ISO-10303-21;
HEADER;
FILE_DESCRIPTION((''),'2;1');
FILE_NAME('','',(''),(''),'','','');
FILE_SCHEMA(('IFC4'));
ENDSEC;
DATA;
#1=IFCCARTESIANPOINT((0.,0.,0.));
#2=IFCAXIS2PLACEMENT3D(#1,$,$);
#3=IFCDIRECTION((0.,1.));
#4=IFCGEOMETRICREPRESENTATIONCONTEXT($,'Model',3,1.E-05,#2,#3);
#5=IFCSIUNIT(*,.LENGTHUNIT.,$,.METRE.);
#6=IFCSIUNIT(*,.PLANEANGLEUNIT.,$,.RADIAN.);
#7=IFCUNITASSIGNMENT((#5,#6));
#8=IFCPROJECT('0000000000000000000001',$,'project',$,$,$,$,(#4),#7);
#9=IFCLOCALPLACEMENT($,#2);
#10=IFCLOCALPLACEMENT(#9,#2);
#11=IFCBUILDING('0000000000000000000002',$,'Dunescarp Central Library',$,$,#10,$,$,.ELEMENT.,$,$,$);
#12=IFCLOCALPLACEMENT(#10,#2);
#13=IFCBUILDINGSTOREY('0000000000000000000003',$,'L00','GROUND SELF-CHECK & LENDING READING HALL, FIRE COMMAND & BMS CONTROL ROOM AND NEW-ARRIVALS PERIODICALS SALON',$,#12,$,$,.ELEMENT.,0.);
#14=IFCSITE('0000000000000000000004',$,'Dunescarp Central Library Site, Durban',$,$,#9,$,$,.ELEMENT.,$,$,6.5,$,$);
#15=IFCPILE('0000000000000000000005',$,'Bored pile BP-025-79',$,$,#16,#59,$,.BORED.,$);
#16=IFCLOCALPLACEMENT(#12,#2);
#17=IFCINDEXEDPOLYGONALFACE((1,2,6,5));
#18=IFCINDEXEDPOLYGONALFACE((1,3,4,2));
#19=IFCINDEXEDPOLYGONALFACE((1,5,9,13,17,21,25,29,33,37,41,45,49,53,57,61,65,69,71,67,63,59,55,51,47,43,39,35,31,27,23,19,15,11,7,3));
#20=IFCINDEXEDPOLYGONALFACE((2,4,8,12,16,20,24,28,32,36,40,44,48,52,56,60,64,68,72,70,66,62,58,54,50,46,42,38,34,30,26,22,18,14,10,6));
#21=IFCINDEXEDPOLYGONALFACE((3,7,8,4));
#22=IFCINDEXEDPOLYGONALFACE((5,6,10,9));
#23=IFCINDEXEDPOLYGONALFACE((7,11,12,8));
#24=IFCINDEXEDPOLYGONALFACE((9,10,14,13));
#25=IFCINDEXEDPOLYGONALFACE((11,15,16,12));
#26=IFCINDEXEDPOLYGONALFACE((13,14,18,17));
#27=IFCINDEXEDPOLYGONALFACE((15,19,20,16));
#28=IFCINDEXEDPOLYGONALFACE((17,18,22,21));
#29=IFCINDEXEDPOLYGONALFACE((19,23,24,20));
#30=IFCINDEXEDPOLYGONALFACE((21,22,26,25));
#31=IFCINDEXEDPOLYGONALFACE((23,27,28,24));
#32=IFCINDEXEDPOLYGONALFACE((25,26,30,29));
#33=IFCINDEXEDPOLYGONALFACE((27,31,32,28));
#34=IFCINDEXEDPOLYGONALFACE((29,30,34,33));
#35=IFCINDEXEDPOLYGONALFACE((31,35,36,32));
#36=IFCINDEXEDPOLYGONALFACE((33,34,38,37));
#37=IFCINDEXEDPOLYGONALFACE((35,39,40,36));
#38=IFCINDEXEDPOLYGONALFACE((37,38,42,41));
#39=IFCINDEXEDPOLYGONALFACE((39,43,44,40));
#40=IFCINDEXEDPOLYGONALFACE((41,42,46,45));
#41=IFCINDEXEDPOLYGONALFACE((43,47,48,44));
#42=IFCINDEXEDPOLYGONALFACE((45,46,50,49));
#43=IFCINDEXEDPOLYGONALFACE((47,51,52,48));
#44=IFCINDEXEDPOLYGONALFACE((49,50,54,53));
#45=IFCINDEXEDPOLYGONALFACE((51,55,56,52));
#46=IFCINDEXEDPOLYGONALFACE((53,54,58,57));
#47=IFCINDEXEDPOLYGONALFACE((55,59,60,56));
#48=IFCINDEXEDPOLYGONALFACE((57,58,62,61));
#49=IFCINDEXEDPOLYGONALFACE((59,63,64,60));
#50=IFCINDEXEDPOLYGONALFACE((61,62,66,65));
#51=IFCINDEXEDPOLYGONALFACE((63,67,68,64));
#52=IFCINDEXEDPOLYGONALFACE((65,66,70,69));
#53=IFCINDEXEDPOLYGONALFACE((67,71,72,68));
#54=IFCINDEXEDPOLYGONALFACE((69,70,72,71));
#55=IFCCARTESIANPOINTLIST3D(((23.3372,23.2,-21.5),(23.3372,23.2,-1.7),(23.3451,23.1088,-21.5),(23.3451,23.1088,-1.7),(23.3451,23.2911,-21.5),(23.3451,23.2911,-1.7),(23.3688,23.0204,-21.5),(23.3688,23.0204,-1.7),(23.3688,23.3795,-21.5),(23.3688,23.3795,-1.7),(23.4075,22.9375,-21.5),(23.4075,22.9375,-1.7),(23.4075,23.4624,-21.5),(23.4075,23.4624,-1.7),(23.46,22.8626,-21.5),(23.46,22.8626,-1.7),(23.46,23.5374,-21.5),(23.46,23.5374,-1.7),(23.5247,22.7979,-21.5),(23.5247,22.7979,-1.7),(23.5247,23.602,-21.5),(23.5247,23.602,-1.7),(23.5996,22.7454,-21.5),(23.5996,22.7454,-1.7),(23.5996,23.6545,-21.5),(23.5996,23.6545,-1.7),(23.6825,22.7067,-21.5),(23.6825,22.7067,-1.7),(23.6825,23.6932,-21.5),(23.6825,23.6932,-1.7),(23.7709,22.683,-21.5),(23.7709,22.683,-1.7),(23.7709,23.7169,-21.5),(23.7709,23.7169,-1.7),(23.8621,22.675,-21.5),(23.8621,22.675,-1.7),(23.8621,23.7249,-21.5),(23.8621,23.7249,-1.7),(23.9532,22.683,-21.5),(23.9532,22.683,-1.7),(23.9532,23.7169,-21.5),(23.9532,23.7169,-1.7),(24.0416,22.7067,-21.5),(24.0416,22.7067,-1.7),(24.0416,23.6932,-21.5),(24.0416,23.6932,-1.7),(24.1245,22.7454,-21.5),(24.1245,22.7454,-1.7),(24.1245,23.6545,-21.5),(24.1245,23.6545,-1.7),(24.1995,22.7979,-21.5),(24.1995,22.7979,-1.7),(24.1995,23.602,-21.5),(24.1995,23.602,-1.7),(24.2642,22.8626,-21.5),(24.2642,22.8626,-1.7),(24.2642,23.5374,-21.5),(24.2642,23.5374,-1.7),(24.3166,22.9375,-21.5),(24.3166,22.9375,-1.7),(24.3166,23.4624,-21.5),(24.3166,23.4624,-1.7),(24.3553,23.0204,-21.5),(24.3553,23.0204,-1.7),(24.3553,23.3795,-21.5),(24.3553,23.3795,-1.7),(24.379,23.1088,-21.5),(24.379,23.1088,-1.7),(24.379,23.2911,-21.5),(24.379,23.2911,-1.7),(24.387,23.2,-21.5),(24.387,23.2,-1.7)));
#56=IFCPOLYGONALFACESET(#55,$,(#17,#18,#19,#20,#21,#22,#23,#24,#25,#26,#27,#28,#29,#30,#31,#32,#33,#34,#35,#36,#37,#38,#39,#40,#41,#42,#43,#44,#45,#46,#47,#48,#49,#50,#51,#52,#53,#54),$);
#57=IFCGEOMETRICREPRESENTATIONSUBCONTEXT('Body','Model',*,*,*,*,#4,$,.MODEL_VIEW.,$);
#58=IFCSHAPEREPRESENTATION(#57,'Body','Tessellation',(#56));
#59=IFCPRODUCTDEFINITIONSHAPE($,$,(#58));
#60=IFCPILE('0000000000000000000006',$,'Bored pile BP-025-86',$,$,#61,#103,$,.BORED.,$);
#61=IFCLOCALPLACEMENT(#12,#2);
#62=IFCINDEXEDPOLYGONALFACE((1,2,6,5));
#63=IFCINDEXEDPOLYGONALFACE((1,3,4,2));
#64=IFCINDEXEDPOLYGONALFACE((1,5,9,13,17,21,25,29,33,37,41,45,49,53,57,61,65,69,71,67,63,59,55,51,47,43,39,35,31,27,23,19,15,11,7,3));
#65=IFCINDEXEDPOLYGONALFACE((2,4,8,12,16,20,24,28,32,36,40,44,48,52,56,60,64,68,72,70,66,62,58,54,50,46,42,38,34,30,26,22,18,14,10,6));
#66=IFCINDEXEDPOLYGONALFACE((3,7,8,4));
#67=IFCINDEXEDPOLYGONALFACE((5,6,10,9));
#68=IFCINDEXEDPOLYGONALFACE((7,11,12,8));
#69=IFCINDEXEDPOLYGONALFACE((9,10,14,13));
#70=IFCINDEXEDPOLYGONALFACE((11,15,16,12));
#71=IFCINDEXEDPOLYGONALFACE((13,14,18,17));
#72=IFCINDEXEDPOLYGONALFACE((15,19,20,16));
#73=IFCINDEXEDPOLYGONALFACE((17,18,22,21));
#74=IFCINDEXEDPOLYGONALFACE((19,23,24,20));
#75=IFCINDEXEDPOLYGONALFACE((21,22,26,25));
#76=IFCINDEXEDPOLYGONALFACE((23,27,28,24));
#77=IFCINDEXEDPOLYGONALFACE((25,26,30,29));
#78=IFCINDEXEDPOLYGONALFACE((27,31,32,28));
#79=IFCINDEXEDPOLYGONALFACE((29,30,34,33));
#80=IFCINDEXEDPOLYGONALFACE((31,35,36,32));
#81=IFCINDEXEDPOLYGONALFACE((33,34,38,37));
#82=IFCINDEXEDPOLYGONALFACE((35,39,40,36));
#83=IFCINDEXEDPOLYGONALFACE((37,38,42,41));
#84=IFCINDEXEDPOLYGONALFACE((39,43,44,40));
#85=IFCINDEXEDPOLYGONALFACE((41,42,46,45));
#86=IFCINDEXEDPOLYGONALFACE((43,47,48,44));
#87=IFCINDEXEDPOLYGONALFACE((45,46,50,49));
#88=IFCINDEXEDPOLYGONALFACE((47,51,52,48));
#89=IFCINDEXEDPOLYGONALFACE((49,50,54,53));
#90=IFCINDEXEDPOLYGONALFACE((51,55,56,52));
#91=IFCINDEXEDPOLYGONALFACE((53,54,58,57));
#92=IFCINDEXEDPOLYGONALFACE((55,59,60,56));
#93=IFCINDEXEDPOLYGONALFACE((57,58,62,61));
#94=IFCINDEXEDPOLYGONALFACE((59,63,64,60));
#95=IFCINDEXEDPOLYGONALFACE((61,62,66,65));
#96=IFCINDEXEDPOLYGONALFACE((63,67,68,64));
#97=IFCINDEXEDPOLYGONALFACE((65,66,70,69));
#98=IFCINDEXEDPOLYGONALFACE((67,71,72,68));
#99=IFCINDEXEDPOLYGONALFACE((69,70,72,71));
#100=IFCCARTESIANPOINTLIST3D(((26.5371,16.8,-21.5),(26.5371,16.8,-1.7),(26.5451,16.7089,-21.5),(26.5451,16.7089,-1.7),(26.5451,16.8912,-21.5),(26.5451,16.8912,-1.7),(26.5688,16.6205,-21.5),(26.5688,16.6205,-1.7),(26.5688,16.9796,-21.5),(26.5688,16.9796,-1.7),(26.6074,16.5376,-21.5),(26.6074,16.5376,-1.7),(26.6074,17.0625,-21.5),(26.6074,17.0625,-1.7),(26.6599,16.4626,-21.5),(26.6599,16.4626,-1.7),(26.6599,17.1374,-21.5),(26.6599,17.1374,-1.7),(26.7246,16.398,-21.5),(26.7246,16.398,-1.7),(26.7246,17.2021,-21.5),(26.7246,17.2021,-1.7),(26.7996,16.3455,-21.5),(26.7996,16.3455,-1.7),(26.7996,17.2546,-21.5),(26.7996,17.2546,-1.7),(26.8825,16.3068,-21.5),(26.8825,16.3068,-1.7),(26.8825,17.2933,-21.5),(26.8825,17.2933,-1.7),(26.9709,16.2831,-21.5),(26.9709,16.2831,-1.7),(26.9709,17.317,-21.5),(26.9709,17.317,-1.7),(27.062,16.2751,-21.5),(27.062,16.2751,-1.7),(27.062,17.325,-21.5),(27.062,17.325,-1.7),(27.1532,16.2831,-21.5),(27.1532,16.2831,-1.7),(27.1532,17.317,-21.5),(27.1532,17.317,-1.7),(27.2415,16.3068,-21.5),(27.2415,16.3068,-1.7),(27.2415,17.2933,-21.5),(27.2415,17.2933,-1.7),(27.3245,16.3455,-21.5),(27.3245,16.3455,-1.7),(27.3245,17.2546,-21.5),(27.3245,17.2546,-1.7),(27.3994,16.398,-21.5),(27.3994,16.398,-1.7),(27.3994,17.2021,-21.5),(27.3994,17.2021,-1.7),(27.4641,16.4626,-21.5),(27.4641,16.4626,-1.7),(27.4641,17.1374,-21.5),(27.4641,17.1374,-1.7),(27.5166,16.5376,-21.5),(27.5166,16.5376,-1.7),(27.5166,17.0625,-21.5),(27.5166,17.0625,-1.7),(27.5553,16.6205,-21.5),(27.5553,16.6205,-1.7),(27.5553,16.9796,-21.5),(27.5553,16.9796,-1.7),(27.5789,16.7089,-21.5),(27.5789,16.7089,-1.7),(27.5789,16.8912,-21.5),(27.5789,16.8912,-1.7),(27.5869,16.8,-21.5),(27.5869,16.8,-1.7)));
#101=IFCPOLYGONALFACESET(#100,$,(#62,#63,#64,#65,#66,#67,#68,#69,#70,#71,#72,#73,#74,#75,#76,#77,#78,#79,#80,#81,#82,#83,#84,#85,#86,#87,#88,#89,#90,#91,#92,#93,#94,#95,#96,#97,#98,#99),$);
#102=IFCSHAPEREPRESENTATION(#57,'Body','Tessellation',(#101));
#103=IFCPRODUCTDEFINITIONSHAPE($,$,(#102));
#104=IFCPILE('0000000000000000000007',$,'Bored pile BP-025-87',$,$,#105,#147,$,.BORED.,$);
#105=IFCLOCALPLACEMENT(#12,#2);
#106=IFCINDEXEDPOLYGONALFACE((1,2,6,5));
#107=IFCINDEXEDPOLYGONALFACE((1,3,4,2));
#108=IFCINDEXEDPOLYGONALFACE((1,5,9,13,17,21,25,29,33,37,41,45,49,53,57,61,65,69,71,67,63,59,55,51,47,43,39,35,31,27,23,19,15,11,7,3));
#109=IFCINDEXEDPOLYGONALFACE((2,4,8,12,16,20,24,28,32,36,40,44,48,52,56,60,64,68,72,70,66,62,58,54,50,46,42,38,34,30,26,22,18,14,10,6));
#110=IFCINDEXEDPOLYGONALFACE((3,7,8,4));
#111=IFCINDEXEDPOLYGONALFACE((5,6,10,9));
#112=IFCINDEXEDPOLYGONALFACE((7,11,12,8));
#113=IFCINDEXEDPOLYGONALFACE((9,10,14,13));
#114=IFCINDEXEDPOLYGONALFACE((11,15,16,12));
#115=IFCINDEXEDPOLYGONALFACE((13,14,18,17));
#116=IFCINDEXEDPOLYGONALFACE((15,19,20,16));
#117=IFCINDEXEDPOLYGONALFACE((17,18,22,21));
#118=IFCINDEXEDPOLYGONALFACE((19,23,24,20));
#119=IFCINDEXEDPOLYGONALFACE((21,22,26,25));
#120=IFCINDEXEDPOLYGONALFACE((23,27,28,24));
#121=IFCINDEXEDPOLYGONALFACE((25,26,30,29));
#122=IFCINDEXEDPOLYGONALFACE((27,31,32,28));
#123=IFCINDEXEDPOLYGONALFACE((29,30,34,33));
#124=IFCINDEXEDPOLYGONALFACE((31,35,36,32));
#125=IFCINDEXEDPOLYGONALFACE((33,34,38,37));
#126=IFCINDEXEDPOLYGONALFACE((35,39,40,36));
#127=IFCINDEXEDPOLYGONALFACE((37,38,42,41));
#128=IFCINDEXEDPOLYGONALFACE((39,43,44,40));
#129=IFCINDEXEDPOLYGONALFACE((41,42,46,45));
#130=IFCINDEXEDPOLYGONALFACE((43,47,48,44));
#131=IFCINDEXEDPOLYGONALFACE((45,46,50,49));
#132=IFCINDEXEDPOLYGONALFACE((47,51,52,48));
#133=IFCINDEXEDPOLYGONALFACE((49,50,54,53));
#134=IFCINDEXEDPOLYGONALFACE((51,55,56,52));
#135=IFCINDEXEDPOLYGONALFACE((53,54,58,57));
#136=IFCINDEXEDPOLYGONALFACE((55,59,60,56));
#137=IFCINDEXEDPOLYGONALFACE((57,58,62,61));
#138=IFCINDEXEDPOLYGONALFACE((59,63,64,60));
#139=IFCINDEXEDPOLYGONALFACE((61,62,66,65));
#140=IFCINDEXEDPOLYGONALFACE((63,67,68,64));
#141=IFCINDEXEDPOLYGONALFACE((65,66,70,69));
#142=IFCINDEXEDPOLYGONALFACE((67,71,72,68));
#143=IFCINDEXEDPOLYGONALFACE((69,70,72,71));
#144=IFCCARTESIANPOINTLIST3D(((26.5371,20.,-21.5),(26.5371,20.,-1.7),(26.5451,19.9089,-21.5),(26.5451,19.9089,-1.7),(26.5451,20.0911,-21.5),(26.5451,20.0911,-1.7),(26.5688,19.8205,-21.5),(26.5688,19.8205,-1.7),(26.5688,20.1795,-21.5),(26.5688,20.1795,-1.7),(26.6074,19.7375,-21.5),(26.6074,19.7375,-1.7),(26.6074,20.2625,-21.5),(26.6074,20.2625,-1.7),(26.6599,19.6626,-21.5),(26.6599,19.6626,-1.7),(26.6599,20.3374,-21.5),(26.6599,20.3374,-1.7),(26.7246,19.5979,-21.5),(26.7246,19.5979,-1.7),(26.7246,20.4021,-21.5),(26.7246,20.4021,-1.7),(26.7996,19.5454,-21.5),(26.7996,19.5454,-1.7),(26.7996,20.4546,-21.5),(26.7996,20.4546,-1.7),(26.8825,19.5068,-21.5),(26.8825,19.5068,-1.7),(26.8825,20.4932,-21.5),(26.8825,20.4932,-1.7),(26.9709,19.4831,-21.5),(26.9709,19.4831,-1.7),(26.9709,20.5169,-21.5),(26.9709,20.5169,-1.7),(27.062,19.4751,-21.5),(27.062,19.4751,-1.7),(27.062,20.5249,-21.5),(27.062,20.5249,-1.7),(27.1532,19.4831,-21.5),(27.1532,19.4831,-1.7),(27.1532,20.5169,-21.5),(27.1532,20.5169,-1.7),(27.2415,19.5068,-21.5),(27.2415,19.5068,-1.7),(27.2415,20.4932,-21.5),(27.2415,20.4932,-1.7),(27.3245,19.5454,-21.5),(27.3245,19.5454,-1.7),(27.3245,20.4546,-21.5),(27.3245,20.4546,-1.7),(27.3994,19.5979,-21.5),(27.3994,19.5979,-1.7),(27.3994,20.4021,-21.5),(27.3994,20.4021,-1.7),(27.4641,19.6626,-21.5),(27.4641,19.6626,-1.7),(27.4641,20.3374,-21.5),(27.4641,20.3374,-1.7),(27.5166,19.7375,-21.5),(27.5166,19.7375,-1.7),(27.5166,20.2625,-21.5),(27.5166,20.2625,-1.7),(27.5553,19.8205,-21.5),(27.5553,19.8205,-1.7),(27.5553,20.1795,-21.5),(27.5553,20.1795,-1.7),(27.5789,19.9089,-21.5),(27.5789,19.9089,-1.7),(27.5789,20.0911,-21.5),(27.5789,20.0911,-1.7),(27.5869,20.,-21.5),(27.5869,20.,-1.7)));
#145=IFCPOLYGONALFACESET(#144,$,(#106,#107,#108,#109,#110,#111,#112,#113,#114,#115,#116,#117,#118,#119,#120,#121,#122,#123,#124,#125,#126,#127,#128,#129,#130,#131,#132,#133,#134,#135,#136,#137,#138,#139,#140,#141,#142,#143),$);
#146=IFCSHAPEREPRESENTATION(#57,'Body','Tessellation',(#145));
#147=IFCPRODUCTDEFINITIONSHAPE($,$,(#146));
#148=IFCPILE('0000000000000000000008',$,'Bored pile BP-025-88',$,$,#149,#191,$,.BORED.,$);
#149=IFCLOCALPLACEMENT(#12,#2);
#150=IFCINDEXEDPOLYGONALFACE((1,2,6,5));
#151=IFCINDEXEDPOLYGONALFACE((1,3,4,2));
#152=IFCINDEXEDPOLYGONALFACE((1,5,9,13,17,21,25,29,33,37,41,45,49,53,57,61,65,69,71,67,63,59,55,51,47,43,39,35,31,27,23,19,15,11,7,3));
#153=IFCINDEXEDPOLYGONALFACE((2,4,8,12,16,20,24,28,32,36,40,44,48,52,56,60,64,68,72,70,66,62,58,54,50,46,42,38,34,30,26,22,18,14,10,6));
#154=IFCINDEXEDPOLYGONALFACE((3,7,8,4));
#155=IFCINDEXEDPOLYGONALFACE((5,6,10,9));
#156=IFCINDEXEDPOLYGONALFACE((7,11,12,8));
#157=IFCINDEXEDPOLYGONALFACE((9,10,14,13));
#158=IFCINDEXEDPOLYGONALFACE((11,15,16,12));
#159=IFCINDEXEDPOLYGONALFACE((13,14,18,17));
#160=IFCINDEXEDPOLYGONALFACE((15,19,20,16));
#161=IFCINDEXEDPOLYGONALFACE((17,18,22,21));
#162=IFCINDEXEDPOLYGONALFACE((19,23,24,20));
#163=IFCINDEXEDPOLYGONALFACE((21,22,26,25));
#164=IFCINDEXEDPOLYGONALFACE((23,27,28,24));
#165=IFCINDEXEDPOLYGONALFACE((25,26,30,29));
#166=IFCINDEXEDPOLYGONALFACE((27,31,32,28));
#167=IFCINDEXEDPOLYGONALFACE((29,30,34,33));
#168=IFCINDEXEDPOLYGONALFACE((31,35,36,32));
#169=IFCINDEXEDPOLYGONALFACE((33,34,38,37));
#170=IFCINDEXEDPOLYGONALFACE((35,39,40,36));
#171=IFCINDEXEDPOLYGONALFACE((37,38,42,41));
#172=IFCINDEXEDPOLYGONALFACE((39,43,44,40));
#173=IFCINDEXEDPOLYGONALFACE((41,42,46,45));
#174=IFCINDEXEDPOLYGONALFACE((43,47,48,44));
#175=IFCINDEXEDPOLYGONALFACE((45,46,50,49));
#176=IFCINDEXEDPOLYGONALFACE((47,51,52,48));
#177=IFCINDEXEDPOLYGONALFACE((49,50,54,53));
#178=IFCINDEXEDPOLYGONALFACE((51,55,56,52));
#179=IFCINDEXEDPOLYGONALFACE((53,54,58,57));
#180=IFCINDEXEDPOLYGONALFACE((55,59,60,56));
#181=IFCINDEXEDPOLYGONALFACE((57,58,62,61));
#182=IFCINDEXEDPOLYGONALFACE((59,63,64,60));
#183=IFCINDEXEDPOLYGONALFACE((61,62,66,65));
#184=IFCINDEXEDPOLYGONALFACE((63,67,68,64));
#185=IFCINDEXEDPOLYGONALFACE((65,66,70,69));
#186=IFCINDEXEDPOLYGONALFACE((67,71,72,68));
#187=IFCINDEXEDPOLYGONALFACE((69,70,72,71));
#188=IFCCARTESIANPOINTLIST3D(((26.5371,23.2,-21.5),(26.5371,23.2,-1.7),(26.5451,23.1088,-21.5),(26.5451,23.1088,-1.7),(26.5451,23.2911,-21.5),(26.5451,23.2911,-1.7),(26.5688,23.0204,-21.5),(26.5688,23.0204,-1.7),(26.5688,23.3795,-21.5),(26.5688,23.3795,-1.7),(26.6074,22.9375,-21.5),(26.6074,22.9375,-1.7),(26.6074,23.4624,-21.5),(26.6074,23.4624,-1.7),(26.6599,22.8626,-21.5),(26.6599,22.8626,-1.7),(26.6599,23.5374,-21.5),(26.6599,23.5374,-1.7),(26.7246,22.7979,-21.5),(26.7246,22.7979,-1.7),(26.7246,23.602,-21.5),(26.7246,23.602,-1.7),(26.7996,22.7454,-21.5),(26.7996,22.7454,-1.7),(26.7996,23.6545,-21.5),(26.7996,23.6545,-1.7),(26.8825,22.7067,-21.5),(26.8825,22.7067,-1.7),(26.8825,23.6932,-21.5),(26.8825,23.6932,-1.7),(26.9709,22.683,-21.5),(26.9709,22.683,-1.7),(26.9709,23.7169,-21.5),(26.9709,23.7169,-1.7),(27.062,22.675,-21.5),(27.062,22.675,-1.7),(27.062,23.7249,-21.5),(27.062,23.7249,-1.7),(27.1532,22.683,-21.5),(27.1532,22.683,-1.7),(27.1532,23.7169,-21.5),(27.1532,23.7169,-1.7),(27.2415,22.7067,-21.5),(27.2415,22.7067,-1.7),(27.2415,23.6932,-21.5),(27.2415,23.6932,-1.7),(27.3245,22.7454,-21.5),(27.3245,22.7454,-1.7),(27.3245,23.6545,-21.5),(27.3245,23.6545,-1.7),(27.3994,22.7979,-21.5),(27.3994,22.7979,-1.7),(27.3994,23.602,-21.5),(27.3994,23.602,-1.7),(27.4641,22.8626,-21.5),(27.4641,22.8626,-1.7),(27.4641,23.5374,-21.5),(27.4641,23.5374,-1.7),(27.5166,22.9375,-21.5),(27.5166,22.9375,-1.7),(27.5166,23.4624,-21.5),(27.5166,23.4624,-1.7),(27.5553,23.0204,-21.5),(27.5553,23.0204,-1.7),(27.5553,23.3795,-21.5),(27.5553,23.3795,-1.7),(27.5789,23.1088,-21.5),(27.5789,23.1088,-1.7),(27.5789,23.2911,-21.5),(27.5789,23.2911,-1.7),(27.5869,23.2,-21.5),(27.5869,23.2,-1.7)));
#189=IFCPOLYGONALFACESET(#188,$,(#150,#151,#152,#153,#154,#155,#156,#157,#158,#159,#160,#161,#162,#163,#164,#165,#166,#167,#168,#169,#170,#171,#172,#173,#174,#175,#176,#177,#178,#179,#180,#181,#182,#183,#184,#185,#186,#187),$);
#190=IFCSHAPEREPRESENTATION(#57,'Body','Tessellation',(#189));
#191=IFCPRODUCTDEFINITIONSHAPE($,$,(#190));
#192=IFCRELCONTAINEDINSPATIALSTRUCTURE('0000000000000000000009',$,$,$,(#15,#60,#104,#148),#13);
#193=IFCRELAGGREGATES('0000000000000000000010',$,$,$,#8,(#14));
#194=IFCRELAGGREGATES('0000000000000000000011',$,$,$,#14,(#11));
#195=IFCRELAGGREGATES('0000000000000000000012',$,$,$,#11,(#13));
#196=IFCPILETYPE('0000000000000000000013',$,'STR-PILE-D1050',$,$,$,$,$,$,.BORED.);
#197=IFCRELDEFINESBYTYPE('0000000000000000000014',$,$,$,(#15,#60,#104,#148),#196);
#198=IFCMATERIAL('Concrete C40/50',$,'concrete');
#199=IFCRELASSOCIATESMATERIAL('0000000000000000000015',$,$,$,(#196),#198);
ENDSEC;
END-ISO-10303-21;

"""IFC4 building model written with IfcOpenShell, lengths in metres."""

from ifc_helpers import new_model, si_unit, direction, frame, origin, origin_2d, place, context, subcontext, project, spatial, circle, extrude, material, material_profile, profile_set, type_object, element, save


model = new_model("IFC4")

# Units and contexts
model_context = context("Model", 3, precision=1e-05, world=origin(), true_north=direction((0.0, 1.0)))
body_context = subcontext(model_context, "Body", "Model", "MODEL_VIEW")
ifc_project = project(units=[si_unit("LENGTHUNIT", "METRE"), si_unit("PLANEANGLEUNIT", "RADIAN")], contexts=[model_context])

# Site, building, storey
site_placement = place(None, origin())
site = spatial("IfcSite", under=ifc_project, at=site_placement, Name="Dunescarp Central Library Site, Durban", CompositionType="ELEMENT", RefElevation=6.5)
building_placement = place(site_placement, origin())
building = spatial("IfcBuilding", under=site, at=building_placement, Name="Dunescarp Central Library", CompositionType="ELEMENT")
storey_placement = place(building_placement, origin())
storey = spatial("IfcBuildingStorey", under=building, at=storey_placement, Name="L00", Description="GROUND SELF-CHECK & LENDING READING HALL, FIRE COMMAND & BMS CONTROL ROOM AND NEW-ARRIVALS PERIODICALS SALON", CompositionType="ELEMENT", Elevation=0.0)

# Shared definitions
ifc_material_1 = material(Name="Concrete C40/50", Category="concrete")

# Piles
ifc_material_profile_1 = material_profile(ifc_material_1, circle(Radius=0.5249, at=origin_2d()), Name="PILE D1050")
ifc_profile_set_1 = profile_set([ifc_material_profile_1], Name="Concrete C40/50")
pile_type = type_object("IfcPileType", Name="STR-PILE-D1050", PredefinedType="BORED", material=ifc_profile_set_1)
for number, where, z_axis, x_axis, name in (
    (1, (23.8621, 23.2, -1.7), (0.0, 0.0, -1.0), (1.0, 0.0, 0.0), "Bored pile BP-025-79"),
    (2, (27.062, 16.8, -1.7), (0.0, 0.0, -1.0), (1.0, 0.0, 0.0), "Bored pile BP-025-86"),
    (3, (27.062, 20.0, -1.7), (0.0, 0.0, -1.0), (1.0, 0.0, 0.0), "Bored pile BP-025-87"),
    (4, (27.062, 23.2, -1.7), (0.0, 0.0, -1.0), (1.0, 0.0, 0.0), "Bored pile BP-025-88"),
):
    element("IfcPile", number, at=place(storey_placement, frame(where, z_axis=z_axis, x_axis=x_axis)), inside=storey, type_object=pile_type, Name=name, PredefinedType="BORED", context=body_context, shape_type="SweptSolid", body=[
        extrude(circle(Radius=0.5249, at=origin_2d()), origin(), (0.0, 0.0, 1.0), 19.8),
    ])

save(model, "model.ifc")
